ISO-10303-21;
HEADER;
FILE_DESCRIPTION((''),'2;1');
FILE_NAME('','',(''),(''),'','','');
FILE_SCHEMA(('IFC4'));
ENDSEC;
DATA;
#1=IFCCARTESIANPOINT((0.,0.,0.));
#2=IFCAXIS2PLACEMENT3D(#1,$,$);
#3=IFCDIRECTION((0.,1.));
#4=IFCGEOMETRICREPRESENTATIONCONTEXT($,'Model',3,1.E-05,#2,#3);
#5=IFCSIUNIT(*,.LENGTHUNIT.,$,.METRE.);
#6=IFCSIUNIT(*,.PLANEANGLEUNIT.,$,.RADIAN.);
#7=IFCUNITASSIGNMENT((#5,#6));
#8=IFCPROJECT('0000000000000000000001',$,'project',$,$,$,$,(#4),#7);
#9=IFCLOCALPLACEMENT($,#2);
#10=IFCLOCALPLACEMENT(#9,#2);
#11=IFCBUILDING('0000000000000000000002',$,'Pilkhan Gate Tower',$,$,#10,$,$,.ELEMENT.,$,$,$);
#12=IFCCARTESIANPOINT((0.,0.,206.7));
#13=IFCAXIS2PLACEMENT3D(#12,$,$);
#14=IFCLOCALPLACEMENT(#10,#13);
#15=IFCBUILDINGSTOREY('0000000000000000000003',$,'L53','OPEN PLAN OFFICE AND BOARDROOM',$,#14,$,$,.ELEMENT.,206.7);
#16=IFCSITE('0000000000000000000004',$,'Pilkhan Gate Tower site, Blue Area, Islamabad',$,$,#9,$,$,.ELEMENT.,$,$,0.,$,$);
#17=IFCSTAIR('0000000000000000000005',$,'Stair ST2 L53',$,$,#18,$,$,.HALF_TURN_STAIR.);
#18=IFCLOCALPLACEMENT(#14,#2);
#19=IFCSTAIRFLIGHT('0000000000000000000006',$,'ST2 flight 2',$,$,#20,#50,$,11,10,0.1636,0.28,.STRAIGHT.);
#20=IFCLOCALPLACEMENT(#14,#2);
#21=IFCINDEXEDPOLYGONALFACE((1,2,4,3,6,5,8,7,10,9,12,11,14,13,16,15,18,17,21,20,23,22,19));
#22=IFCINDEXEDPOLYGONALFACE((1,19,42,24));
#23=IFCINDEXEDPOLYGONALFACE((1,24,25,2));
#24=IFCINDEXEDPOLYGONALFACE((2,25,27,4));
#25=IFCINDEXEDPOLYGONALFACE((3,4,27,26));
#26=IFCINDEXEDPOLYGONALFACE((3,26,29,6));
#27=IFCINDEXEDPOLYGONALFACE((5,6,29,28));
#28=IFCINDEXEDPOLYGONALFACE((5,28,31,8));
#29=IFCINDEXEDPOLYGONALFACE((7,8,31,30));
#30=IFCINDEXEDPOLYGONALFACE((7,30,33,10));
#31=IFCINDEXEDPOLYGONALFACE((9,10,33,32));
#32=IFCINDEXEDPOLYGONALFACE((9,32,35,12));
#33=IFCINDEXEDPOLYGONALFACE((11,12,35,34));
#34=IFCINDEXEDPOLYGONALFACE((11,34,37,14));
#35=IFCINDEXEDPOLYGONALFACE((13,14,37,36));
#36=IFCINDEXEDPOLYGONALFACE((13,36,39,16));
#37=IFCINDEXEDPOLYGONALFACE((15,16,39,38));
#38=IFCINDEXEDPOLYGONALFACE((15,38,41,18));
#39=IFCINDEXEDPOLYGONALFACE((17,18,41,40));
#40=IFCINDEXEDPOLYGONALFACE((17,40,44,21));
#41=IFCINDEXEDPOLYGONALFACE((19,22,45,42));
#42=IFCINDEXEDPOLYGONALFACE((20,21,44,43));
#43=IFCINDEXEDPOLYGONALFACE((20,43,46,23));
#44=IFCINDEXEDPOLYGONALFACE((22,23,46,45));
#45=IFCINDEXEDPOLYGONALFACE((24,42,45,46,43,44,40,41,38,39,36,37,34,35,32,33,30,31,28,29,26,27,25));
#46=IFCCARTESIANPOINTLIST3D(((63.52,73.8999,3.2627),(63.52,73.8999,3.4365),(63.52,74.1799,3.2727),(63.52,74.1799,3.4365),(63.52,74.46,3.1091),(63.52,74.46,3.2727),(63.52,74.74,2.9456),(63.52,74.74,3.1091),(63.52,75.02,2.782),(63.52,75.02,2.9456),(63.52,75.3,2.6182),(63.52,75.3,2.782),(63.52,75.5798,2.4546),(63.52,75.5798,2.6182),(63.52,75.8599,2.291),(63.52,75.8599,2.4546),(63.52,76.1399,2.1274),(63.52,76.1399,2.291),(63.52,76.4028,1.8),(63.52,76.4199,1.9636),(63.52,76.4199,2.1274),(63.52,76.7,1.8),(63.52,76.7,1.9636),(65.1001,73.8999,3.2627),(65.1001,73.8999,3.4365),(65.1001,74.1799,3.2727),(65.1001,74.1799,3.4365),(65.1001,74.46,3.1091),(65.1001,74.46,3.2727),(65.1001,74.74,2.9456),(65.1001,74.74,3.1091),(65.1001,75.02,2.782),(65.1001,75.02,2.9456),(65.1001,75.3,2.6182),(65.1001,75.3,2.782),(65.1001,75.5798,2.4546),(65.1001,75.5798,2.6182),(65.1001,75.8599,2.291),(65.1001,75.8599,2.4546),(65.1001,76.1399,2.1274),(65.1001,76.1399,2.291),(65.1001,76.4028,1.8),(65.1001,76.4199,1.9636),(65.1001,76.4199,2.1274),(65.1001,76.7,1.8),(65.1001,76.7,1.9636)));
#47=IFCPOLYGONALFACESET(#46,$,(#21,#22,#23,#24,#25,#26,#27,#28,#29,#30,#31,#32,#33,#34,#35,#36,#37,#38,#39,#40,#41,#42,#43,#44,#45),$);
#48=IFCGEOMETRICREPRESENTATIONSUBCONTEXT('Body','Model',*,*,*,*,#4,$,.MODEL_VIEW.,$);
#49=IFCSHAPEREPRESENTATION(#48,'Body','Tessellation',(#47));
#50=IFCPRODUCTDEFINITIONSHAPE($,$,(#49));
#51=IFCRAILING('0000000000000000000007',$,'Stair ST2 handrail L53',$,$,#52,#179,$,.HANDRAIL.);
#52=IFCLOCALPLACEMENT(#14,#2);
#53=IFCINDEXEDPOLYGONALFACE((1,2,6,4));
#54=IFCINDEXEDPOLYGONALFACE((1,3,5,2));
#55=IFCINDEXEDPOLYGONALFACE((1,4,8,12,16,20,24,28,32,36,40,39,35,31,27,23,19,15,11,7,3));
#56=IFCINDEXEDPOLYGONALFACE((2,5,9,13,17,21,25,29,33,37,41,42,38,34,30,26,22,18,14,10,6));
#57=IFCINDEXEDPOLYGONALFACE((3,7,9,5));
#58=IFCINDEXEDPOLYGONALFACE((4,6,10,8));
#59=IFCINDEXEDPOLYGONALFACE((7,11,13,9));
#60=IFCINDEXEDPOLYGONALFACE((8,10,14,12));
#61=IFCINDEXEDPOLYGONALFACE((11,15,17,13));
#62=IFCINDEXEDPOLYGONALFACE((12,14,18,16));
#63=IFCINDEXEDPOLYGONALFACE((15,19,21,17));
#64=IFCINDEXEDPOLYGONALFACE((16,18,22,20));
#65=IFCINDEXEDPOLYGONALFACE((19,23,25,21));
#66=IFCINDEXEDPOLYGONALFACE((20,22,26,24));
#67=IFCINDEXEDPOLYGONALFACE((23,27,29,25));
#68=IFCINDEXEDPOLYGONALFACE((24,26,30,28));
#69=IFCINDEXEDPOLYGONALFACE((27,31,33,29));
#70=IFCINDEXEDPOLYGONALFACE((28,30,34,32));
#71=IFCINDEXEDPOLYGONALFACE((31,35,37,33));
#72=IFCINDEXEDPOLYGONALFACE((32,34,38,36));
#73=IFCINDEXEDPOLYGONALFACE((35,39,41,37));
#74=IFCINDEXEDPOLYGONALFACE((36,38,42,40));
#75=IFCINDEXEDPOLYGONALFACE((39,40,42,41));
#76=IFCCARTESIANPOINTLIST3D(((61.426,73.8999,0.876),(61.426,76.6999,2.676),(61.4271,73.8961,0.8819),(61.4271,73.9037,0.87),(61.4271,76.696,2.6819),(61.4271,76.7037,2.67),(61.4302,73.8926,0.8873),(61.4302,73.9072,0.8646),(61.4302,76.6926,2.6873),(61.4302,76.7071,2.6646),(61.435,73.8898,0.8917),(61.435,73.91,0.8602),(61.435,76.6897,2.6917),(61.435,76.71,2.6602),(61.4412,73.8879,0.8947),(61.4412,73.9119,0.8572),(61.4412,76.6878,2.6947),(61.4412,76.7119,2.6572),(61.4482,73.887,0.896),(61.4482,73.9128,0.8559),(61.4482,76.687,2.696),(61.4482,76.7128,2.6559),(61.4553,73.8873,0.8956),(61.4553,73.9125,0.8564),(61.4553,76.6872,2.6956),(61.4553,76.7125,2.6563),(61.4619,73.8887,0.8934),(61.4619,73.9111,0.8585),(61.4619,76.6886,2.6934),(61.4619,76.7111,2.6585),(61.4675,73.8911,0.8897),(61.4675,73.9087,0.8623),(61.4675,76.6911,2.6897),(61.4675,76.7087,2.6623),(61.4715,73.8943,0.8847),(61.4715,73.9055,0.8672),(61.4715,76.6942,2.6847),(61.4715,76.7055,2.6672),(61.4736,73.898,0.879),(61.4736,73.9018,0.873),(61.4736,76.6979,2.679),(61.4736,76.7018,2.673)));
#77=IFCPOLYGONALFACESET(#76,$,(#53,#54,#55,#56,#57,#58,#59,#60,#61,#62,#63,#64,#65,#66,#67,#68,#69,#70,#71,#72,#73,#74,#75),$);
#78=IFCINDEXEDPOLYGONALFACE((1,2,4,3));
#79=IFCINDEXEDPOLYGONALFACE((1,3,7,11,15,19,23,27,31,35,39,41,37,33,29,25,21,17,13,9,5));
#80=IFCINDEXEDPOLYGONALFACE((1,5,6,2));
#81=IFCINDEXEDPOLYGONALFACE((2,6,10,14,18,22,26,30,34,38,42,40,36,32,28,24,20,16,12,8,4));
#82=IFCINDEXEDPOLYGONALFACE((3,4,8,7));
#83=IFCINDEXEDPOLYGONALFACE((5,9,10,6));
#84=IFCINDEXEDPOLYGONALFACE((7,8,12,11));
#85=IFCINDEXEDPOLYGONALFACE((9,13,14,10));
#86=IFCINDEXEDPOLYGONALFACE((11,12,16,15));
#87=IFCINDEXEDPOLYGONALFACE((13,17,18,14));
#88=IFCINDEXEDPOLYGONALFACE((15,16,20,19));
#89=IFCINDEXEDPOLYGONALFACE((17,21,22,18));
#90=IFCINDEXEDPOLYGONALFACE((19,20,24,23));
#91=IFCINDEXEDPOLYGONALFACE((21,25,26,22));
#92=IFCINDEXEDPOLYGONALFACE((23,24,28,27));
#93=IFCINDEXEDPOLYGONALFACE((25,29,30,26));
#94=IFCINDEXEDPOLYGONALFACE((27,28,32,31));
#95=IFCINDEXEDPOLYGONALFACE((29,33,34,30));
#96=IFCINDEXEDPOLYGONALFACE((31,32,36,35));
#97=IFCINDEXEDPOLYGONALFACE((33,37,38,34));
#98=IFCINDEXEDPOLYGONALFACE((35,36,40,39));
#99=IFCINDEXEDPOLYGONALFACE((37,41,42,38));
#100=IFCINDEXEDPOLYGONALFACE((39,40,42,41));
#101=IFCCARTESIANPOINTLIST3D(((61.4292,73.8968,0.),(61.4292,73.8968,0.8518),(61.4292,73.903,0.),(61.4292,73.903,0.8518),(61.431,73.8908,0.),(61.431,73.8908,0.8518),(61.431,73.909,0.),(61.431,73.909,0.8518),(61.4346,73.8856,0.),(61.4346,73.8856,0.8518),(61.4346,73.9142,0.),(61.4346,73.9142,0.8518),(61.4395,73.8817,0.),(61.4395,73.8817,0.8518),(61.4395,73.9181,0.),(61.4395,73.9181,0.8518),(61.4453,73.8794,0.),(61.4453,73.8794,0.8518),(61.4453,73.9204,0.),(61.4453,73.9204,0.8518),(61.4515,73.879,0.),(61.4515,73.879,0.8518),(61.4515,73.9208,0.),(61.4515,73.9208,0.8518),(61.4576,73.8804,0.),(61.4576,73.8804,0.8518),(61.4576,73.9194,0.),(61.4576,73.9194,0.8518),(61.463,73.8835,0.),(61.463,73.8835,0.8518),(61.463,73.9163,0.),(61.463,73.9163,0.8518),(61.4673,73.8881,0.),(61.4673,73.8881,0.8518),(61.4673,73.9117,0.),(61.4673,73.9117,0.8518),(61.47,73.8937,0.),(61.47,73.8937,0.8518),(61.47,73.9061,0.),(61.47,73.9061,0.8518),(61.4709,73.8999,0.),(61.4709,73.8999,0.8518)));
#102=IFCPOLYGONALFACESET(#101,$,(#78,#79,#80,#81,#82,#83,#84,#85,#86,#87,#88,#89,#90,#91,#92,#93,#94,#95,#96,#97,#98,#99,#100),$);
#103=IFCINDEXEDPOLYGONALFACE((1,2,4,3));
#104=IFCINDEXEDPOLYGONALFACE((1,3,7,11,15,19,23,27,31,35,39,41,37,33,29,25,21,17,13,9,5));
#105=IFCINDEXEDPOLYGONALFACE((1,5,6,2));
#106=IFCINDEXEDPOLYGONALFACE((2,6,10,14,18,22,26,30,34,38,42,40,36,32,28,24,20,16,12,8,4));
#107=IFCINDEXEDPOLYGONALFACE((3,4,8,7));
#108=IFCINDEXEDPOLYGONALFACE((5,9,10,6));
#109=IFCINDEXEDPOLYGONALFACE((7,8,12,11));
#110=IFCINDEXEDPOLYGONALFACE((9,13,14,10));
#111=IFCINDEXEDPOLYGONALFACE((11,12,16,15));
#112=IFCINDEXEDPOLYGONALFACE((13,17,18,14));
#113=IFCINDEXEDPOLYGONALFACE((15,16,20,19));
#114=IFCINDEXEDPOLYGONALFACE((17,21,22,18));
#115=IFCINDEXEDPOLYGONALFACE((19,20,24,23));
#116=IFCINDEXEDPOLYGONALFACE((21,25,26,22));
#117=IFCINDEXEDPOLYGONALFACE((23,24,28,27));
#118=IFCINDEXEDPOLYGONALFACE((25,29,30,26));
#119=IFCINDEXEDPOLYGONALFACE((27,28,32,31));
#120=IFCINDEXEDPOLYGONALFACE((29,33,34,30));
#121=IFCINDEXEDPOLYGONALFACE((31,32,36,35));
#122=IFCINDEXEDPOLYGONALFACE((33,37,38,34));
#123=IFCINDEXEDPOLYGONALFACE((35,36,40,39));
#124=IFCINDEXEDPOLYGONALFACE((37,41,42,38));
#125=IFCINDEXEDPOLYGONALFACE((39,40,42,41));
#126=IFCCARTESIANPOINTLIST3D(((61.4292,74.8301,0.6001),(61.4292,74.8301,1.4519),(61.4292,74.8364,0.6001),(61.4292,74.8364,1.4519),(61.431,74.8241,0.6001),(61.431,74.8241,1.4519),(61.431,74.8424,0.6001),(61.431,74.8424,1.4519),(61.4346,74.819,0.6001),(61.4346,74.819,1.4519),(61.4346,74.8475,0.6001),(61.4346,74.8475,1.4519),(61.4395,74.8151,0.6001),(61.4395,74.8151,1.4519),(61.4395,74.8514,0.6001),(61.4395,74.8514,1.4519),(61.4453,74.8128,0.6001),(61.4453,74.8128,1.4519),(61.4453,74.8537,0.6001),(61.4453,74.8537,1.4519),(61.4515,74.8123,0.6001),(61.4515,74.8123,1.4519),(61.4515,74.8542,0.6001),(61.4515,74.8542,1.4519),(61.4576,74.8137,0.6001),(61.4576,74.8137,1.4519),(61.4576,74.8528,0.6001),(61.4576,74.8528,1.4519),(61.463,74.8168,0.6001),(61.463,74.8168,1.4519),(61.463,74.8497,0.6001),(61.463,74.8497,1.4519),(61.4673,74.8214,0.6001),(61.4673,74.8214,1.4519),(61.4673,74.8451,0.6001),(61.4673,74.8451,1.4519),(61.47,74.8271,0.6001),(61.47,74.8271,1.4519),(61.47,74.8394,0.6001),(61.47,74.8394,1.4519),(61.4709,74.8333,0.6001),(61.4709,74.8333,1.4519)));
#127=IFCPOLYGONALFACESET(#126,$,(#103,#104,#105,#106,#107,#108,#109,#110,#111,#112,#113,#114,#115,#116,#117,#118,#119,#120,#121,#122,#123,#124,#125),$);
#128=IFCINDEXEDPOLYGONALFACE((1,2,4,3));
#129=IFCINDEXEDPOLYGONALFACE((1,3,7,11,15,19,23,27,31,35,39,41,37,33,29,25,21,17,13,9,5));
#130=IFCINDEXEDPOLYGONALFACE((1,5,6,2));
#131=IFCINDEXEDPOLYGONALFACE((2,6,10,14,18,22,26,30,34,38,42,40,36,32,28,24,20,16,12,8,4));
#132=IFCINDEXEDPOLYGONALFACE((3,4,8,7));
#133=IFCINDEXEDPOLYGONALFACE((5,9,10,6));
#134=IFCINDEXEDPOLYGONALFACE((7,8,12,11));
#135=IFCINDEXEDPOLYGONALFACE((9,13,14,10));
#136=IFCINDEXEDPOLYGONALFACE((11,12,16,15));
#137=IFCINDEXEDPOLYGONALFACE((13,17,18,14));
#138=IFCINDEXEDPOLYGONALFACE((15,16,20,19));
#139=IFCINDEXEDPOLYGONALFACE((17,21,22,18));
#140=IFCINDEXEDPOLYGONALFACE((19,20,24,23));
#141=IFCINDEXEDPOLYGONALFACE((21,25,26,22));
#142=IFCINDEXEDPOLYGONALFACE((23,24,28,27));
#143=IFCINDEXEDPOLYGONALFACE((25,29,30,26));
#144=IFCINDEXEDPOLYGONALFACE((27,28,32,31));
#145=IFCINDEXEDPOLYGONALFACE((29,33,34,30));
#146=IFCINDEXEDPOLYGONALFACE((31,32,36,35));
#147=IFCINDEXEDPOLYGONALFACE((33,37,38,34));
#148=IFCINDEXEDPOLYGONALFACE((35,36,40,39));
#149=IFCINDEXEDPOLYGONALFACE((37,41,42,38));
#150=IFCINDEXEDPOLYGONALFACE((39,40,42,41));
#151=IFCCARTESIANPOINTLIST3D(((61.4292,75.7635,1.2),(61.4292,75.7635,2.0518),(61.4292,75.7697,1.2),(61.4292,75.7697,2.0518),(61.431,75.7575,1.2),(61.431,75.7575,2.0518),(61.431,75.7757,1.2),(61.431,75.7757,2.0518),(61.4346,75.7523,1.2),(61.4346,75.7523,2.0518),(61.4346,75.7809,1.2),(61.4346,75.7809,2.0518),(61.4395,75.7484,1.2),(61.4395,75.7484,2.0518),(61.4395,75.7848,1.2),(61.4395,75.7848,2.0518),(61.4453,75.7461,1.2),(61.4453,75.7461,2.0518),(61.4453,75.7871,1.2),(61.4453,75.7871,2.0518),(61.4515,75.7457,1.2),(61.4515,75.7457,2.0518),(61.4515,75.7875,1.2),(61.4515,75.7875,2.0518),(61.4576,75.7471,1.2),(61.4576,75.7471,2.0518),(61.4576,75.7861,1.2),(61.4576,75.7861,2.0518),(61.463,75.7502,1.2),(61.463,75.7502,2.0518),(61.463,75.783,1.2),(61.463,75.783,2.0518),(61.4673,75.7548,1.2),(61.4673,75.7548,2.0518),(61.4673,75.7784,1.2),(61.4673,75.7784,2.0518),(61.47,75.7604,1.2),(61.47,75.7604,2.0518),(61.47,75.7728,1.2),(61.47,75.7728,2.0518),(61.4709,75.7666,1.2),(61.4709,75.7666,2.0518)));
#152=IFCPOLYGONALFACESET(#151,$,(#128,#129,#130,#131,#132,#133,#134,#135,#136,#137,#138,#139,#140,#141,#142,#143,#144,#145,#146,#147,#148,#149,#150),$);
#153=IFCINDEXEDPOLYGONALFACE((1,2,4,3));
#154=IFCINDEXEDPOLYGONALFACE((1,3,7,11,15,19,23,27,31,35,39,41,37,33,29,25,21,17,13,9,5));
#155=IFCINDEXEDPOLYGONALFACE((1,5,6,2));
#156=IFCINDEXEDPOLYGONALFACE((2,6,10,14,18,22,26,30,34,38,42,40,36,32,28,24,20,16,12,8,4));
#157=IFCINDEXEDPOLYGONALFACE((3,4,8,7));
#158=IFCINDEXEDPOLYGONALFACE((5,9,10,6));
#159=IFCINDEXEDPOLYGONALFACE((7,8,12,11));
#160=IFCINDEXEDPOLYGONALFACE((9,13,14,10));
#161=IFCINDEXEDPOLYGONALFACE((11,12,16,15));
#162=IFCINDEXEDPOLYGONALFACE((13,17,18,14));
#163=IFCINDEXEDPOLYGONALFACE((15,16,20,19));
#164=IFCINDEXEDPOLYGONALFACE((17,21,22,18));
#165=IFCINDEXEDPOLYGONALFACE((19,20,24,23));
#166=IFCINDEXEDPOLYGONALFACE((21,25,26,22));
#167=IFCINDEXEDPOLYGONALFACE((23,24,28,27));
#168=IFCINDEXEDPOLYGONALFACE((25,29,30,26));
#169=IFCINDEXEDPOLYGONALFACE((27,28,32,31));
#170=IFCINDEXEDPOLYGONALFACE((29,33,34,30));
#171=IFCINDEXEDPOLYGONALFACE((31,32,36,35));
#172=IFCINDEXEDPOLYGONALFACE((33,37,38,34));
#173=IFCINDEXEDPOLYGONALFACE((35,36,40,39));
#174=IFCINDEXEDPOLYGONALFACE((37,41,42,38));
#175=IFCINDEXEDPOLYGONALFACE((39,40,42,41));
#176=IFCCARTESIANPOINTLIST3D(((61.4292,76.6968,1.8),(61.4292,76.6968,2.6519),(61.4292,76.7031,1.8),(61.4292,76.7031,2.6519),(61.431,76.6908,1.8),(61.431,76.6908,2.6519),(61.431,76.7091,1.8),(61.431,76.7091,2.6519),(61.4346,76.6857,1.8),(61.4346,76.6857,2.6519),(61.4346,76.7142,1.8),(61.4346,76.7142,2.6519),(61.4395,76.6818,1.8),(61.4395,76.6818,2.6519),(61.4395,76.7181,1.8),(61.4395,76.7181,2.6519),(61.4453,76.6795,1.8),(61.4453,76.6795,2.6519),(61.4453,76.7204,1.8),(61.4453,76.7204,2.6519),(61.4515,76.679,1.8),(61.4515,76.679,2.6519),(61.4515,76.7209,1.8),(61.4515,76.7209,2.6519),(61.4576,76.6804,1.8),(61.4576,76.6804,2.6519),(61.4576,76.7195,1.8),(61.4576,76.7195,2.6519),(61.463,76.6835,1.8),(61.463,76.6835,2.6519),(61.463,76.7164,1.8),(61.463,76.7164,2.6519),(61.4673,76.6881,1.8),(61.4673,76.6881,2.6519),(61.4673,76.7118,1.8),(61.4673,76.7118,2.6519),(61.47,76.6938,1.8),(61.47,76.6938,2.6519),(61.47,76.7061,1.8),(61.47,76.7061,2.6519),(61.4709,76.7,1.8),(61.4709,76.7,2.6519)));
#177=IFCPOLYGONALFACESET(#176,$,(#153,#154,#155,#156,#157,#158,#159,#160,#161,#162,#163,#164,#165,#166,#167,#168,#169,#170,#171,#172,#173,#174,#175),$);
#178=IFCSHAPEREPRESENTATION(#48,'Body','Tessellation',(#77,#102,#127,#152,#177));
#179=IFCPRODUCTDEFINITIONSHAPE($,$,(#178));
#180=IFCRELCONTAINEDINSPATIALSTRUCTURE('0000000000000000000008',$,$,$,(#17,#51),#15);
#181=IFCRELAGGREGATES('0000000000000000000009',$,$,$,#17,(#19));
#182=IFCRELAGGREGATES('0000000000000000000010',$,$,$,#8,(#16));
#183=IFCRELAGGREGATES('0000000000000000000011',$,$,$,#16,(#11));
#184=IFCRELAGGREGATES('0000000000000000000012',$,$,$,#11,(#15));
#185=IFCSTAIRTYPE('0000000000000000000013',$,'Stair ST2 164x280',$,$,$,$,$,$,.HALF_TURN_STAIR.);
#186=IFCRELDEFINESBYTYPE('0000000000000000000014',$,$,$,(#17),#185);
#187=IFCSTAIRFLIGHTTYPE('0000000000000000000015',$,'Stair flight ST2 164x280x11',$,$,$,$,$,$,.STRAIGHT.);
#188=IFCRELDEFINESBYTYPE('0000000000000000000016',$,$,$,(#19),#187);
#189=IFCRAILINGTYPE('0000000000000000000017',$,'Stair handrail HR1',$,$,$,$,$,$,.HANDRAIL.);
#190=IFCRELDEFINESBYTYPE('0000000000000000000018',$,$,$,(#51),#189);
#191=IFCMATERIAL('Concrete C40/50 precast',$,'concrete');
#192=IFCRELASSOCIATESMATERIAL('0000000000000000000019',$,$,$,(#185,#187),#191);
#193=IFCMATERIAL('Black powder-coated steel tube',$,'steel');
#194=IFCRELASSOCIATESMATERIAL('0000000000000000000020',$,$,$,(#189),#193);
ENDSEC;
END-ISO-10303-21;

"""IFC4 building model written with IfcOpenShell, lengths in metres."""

from ifc_helpers import new_model, si_unit, direction, frame, origin, origin_2d, place, context, subcontext, project, spatial, polyline, circle, outline, extrude, material, type_object, element, aggregate, save


model = new_model("IFC4")

# Units and contexts
model_context = context("Model", 3, precision=1e-05, world=origin(), true_north=direction((0.0, 1.0)))
body_context = subcontext(model_context, "Body", "Model", "MODEL_VIEW")
ifc_project = project(units=[si_unit("LENGTHUNIT", "METRE"), si_unit("PLANEANGLEUNIT", "RADIAN")], contexts=[model_context])

# Site, building, storey
site_placement = place(None, origin())
site = spatial("IfcSite", under=ifc_project, at=site_placement, Name="Pilkhan Gate Tower site, Blue Area, Islamabad", CompositionType="ELEMENT", RefElevation=0.0)
building_placement = place(site_placement, origin())
building = spatial("IfcBuilding", under=site, at=building_placement, Name="Pilkhan Gate Tower", CompositionType="ELEMENT")
storey_placement = place(building_placement, frame((0.0, 0.0, 206.7)))
storey = spatial("IfcBuildingStorey", under=building, at=storey_placement, Name="L53", Description="OPEN PLAN OFFICE AND BOARDROOM", CompositionType="ELEMENT", Elevation=206.7)

# Stair, stair flight
ifc_material_1 = material(Name="Concrete C40/50 precast", Category="concrete")
stair_type = type_object("IfcStairType", Name="Stair ST2 164x280", PredefinedType="HALF_TURN_STAIR", material=ifc_material_1)
stair_placement = place(storey_placement, origin())
stair = element("IfcStair", 1, at=stair_placement, inside=storey, type_object=stair_type, Name="Stair ST2 L53", PredefinedType="HALF_TURN_STAIR")
stair_flight_type = type_object("IfcStairFlightType", Name="Stair flight ST2 164x280x11", PredefinedType="STRAIGHT", material=ifc_material_1)
stair_flight_1_placement = place(storey_placement, frame((64.3101, 76.7, 1.8), z_axis=(0.0, 0.0, 1.0), x_axis=(0.0, -1.0, 0.0)))
stair_flight_1 = element("IfcStairFlight", 2, at=stair_flight_1_placement, type_object=stair_flight_type, Name="ST2 flight 2", NumberOfRisers=11, NumberOfTreads=10, PredefinedType="STRAIGHT", RiserHeight=0.1636, TreadLength=0.28, context=body_context, shape_type="SweptSolid", body=[
    extrude(outline(polyline([(0.0, 0.0), (0.0, 0.1636), (0.28, 0.1636), (0.28, 0.3274), (0.5601, 0.3274), (0.5601, 0.491), (0.8401, 0.491), (0.8401, 0.6545), (1.1201, 0.6545), (1.1201, 0.8181), (1.3999, 0.8181), (1.3999, 0.9819), (1.6799, 0.9819), (1.6799, 1.1455), (1.96, 1.1455), (1.96, 1.3091), (2.24, 1.3091), (2.24, 1.4727), (2.52, 1.4727), (2.52, 1.6365), (2.8, 1.6365), (2.8, 1.8), (2.8, 1.4626), (0.2971, 0.0), (0.0, 0.0)])), frame((0.0, 0.79, 0.0), z_axis=(0.0, -1.0, 0.0), x_axis=(1.0, 0.0, 0.0)), (0.0, 0.0, 1.0), 1.5801),
])
aggregate(stair, [stair_flight_1])

# Railing
ifc_material_2 = material(Name="Black powder-coated steel tube", Category="steel")
railing_type_1 = type_object("IfcRailingType", Name="Stair handrail HR1", PredefinedType="HANDRAIL", material=ifc_material_2)
railing_1_placement = place(storey_placement, frame((61.45, 73.8999, 0.0)))
element("IfcRailing", 3, at=railing_1_placement, inside=storey, type_object=railing_type_1, Name="Stair ST2 handrail L53", PredefinedType="HANDRAIL", context=body_context, shape_type="SweptSolid", body=[
    extrude(circle(Radius=0.0239, at=origin_2d()), frame((0.0, 0.0, 0.876), z_axis=(0.0, 0.841176, 0.540761), x_axis=(-1.0, 0.0, 0.0)), (0.0, 0.0, 1.0), 3.3286),
    extrude(circle(Radius=0.021, at=origin_2d()), origin(), (0.0, 0.0, 1.0), 0.8518),
    extrude(circle(Radius=0.021, at=origin_2d()), frame((0.0, 0.9333, 0.6001)), (0.0, 0.0, 1.0), 0.8518),
    extrude(circle(Radius=0.021, at=origin_2d()), frame((0.0, 1.8667, 1.2)), (0.0, 0.0, 1.0), 0.8518),
    extrude(circle(Radius=0.021, at=origin_2d()), frame((0.0, 2.8, 1.8)), (0.0, 0.0, 1.0), 0.8518),
])

save(model, "model.ifc")
